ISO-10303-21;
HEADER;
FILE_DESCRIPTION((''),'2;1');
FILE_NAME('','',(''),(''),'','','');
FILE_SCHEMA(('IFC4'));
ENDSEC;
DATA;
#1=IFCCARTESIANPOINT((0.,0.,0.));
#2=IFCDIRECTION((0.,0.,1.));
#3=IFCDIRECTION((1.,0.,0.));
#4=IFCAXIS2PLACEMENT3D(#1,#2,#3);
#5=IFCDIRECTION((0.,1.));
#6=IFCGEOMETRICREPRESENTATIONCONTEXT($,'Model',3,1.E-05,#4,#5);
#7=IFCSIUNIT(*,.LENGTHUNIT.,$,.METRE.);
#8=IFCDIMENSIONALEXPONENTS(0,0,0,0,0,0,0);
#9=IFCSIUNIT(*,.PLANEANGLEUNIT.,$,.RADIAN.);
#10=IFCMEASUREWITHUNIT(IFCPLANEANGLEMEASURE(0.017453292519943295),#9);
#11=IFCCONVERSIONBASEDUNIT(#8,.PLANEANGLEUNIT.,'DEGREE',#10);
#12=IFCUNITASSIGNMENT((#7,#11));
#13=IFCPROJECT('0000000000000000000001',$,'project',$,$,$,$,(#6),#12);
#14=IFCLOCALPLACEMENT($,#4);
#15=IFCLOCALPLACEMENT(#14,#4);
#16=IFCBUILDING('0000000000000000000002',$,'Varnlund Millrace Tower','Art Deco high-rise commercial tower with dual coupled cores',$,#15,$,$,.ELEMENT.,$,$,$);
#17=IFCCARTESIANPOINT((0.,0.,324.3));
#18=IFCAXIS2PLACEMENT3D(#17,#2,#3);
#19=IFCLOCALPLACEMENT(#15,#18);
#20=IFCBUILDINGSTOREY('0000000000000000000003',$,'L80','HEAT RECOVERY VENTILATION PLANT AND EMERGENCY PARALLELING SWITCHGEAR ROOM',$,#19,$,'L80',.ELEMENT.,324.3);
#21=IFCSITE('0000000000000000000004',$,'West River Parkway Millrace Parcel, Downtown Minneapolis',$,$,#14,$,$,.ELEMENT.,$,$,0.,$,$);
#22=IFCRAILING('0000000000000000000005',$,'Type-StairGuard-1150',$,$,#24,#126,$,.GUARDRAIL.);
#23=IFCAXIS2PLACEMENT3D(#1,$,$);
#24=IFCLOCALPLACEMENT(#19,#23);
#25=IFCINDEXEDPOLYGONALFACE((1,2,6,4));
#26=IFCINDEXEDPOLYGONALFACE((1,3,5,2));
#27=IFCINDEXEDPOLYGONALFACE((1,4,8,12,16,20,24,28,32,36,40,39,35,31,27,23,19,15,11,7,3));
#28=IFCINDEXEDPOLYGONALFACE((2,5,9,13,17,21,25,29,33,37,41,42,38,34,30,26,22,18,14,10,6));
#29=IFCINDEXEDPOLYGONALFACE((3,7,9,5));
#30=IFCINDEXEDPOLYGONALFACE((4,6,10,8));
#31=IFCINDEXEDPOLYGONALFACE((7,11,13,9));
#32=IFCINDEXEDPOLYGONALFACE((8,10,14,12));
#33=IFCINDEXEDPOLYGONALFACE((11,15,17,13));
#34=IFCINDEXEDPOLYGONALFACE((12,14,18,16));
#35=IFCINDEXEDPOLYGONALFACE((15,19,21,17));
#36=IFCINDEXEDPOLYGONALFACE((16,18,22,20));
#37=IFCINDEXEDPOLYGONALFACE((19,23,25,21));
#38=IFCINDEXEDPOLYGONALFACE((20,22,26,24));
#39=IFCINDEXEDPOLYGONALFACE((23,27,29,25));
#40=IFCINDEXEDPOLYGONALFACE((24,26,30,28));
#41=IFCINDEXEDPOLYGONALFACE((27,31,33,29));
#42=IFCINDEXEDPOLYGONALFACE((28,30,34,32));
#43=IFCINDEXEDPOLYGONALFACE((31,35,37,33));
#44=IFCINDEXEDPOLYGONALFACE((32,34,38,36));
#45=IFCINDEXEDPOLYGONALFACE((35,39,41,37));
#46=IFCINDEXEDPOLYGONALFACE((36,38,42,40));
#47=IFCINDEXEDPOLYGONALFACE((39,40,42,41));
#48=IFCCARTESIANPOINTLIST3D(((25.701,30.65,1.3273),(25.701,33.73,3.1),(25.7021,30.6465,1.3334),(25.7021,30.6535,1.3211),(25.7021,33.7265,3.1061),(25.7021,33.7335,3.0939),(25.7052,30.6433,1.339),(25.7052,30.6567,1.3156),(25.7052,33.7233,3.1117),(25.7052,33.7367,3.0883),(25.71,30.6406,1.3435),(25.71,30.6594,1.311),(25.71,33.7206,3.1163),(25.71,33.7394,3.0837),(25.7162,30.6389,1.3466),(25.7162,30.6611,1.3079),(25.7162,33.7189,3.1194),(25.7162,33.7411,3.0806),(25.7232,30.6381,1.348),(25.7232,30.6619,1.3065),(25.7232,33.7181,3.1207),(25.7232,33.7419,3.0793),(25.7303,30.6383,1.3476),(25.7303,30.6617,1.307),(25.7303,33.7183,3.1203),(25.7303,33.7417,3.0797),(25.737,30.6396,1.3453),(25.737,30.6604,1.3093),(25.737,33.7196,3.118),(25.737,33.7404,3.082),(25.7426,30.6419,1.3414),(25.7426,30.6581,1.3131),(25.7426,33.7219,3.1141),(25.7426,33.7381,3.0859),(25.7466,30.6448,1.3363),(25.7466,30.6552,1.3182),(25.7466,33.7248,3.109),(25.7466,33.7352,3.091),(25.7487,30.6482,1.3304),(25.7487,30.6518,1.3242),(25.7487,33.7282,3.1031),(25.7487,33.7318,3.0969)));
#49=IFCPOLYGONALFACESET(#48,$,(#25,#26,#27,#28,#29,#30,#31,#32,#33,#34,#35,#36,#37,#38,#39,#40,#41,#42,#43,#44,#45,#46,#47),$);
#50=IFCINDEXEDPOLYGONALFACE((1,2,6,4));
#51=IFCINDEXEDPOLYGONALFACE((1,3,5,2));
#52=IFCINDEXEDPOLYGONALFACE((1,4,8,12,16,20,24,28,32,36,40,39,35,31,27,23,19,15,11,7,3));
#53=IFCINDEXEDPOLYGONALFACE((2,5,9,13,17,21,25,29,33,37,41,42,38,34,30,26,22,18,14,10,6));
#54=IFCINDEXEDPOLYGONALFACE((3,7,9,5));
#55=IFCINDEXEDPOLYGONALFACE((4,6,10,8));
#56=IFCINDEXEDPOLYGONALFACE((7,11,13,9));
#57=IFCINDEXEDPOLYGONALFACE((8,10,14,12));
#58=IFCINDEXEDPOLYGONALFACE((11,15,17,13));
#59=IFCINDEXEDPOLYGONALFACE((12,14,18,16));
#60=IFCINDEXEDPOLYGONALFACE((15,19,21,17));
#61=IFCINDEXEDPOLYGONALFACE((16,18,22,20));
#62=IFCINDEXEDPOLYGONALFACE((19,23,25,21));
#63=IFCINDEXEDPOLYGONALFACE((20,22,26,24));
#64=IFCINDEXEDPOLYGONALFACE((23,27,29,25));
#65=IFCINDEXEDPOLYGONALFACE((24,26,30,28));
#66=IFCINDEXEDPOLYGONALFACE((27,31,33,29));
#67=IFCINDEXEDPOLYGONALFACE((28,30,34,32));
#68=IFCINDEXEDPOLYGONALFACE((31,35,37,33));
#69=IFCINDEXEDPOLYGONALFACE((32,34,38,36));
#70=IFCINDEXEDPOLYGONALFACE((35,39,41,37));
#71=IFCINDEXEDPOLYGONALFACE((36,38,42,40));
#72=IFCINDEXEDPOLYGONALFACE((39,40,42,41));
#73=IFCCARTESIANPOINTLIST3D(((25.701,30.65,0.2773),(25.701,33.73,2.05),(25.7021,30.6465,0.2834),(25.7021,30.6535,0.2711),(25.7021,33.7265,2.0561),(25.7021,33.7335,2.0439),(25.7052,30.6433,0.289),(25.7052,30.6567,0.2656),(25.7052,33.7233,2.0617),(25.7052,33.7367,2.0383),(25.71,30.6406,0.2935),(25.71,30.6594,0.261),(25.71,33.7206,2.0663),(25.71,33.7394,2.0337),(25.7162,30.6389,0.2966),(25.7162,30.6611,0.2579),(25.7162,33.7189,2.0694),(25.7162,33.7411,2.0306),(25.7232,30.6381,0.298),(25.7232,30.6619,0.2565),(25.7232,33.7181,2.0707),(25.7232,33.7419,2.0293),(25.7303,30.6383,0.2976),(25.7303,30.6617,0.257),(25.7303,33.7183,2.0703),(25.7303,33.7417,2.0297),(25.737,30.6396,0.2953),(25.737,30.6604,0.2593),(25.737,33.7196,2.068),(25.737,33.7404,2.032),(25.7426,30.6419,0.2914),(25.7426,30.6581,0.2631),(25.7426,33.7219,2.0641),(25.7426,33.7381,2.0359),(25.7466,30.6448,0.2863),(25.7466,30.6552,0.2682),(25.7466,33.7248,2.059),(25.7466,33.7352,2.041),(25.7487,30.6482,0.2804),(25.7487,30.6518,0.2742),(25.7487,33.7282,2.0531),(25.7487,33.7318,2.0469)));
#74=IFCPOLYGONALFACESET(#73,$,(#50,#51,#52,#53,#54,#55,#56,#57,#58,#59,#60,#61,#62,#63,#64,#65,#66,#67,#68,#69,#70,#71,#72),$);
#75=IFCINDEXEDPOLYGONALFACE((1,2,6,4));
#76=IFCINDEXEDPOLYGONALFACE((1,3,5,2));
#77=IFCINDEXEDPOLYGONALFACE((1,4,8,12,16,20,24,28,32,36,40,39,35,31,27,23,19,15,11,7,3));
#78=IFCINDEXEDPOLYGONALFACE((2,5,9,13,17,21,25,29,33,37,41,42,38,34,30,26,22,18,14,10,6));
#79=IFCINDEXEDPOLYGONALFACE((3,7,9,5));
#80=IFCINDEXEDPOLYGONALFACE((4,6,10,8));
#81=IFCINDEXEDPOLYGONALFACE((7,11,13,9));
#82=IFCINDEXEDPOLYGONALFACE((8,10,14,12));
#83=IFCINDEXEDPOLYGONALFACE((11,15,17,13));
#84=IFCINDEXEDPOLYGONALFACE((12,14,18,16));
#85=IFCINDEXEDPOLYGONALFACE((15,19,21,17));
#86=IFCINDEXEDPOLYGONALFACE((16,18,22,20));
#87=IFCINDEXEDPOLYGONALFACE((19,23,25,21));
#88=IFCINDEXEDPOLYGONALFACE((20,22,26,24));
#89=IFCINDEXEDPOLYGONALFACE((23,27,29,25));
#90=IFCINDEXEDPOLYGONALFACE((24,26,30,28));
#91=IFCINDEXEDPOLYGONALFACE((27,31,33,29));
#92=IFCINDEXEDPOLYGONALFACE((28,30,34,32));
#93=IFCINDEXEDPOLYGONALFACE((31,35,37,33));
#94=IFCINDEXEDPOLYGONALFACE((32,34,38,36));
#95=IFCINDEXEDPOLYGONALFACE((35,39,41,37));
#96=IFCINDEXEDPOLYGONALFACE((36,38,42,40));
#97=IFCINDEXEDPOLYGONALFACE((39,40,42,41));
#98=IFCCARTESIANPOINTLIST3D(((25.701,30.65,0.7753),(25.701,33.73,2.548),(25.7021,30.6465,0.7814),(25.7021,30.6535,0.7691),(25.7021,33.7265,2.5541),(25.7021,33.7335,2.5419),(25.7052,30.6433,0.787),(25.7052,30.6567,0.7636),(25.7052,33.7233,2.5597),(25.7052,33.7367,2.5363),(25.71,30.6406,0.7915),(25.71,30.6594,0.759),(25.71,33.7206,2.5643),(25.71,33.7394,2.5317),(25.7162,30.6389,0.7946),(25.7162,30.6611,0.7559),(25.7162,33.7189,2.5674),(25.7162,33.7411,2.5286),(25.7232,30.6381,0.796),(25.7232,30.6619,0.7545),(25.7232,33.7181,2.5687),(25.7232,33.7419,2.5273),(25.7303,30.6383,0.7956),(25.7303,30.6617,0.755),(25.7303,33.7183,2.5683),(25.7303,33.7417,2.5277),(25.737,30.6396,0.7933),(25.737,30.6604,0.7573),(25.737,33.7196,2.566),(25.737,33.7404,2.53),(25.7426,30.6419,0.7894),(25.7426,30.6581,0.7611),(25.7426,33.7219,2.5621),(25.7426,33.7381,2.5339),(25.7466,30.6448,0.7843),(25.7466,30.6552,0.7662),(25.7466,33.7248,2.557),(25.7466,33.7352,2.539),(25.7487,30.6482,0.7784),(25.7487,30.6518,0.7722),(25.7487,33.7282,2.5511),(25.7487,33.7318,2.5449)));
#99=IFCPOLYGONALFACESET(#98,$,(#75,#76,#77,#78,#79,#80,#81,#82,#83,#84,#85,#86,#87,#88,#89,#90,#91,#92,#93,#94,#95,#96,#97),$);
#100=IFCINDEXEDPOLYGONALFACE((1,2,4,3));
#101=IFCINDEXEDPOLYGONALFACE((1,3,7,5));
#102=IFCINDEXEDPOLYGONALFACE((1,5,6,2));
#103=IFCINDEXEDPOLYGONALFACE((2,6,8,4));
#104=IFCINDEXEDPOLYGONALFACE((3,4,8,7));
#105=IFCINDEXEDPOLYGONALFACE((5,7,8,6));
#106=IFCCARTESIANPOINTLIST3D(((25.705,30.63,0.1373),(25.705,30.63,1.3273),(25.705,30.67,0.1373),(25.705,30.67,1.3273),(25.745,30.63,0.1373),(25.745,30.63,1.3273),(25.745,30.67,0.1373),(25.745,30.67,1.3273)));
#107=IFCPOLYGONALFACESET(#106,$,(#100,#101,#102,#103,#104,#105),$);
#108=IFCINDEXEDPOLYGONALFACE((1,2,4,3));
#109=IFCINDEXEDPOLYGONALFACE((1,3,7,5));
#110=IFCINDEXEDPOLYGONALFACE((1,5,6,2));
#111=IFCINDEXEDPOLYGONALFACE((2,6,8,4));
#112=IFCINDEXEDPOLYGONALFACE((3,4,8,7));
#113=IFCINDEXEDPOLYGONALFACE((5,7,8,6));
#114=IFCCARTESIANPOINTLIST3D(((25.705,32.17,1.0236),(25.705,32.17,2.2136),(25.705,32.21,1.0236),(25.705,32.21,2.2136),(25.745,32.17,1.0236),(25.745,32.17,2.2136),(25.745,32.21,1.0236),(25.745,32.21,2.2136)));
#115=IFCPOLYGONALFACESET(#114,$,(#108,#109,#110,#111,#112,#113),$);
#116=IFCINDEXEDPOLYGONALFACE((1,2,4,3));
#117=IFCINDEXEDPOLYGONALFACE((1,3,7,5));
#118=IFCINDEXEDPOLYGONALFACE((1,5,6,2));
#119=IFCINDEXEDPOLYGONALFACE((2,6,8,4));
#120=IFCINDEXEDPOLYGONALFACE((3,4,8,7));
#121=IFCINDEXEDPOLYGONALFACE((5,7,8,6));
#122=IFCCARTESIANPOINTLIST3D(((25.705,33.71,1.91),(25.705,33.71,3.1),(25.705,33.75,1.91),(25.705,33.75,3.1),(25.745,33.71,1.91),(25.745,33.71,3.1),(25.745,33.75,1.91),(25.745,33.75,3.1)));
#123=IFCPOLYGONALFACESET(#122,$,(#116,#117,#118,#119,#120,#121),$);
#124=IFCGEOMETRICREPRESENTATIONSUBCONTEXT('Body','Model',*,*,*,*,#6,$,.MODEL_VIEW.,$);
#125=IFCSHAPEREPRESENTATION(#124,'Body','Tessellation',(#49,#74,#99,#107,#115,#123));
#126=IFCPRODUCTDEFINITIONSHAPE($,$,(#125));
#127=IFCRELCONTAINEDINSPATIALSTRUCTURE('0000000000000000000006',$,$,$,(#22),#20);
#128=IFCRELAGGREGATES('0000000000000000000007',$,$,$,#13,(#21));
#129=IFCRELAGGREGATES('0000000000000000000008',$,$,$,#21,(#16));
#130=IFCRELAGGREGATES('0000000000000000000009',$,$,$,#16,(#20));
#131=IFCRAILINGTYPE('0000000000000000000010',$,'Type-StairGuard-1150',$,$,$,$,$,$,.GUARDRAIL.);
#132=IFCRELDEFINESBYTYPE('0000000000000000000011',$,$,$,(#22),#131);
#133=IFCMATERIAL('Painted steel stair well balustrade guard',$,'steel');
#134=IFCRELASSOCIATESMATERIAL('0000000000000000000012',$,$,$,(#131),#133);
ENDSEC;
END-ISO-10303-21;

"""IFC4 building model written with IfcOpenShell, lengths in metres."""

from ifc_helpers import new_model, entity, si_unit, converted_unit, direction, frame, origin_with_axes, origin_2d_with_axis, place, context, subcontext, project, spatial, rectangle, circle, extrude, material, type_object, element, save


model = new_model("IFC4")

# Units and contexts
model_context = context("Model", 3, precision=1e-05, world=origin_with_axes(), true_north=direction((0.0, 1.0)))
body_context = subcontext(model_context, "Body", "Model", "MODEL_VIEW")
ifc_project = project(units=[si_unit("LENGTHUNIT", "METRE"), converted_unit("PLANEANGLEUNIT", "DEGREE", entity("IfcPlaneAngleMeasure", 0.017453292519943295), si_unit("PLANEANGLEUNIT", "RADIAN"), dimensions=[0, 0, 0, 0, 0, 0, 0])], contexts=[model_context])

# Site, building, storey
site_placement = place(None, origin_with_axes())
site = spatial("IfcSite", under=ifc_project, at=site_placement, Name="West River Parkway Millrace Parcel, Downtown Minneapolis", CompositionType="ELEMENT", RefElevation=0.0)
building_placement = place(site_placement, origin_with_axes())
building = spatial("IfcBuilding", under=site, at=building_placement, Name="Varnlund Millrace Tower", Description="Art Deco high-rise commercial tower with dual coupled cores", CompositionType="ELEMENT")
storey_placement = place(building_placement, frame((0.0, 0.0, 324.3), z_axis=(0.0, 0.0, 1.0), x_axis=(1.0, 0.0, 0.0)))
storey = spatial("IfcBuildingStorey", under=building, at=storey_placement, Name="L80", Description="HEAT RECOVERY VENTILATION PLANT AND EMERGENCY PARALLELING SWITCHGEAR ROOM", LongName="L80", CompositionType="ELEMENT", Elevation=324.3)

# Railing
ifc_material_1 = material(Name="Painted steel stair well balustrade guard", Category="steel")
railing_type_1 = type_object("IfcRailingType", Name="Type-StairGuard-1150", PredefinedType="GUARDRAIL", material=ifc_material_1)
railing_1_placement = place(storey_placement, frame((0.0, 0.0, -324.3), z_axis=(0.0, 0.0, 1.0), x_axis=(1.0, 0.0, 0.0)))
element("IfcRailing", 1, at=railing_1_placement, inside=storey, type_object=railing_type_1, Name="Type-StairGuard-1150", PredefinedType="GUARDRAIL", context=body_context, shape_type="SweptSolid", body=[
    extrude(circle(Radius=0.024, at=origin_2d_with_axis()), frame((25.725, 30.65, 325.6273), z_axis=(0.0, 0.866696, 0.498836), x_axis=(-1.0, 0.0, 0.0)), (0.0, 0.0, 1.0), 3.5537),
    extrude(circle(Radius=0.024, at=origin_2d_with_axis()), frame((25.725, 30.65, 324.5773), z_axis=(0.0, 0.866696, 0.498836), x_axis=(-1.0, 0.0, 0.0)), (0.0, 0.0, 1.0), 3.5537),
    extrude(circle(Radius=0.024, at=origin_2d_with_axis()), frame((25.725, 30.65, 325.0753), z_axis=(0.0, 0.866696, 0.498836), x_axis=(-1.0, 0.0, 0.0)), (0.0, 0.0, 1.0), 3.5537),
    extrude(rectangle(XDim=0.04, YDim=0.04, at=origin_2d_with_axis()), frame((25.725, 30.65, 324.4373), z_axis=(0.0, 0.0, 1.0), x_axis=(1.0, 0.0, 0.0)), (0.0, 0.0, 1.0), 1.19),
    extrude(rectangle(XDim=0.04, YDim=0.04, at=origin_2d_with_axis()), frame((25.725, 32.19, 325.3236), z_axis=(0.0, 0.0, 1.0), x_axis=(1.0, 0.0, 0.0)), (0.0, 0.0, 1.0), 1.19),
    extrude(rectangle(XDim=0.04, YDim=0.04, at=origin_2d_with_axis()), frame((25.725, 33.73, 326.21), z_axis=(0.0, 0.0, 1.0), x_axis=(1.0, 0.0, 0.0)), (0.0, 0.0, 1.0), 1.19),
])

save(model, "model.ifc")
